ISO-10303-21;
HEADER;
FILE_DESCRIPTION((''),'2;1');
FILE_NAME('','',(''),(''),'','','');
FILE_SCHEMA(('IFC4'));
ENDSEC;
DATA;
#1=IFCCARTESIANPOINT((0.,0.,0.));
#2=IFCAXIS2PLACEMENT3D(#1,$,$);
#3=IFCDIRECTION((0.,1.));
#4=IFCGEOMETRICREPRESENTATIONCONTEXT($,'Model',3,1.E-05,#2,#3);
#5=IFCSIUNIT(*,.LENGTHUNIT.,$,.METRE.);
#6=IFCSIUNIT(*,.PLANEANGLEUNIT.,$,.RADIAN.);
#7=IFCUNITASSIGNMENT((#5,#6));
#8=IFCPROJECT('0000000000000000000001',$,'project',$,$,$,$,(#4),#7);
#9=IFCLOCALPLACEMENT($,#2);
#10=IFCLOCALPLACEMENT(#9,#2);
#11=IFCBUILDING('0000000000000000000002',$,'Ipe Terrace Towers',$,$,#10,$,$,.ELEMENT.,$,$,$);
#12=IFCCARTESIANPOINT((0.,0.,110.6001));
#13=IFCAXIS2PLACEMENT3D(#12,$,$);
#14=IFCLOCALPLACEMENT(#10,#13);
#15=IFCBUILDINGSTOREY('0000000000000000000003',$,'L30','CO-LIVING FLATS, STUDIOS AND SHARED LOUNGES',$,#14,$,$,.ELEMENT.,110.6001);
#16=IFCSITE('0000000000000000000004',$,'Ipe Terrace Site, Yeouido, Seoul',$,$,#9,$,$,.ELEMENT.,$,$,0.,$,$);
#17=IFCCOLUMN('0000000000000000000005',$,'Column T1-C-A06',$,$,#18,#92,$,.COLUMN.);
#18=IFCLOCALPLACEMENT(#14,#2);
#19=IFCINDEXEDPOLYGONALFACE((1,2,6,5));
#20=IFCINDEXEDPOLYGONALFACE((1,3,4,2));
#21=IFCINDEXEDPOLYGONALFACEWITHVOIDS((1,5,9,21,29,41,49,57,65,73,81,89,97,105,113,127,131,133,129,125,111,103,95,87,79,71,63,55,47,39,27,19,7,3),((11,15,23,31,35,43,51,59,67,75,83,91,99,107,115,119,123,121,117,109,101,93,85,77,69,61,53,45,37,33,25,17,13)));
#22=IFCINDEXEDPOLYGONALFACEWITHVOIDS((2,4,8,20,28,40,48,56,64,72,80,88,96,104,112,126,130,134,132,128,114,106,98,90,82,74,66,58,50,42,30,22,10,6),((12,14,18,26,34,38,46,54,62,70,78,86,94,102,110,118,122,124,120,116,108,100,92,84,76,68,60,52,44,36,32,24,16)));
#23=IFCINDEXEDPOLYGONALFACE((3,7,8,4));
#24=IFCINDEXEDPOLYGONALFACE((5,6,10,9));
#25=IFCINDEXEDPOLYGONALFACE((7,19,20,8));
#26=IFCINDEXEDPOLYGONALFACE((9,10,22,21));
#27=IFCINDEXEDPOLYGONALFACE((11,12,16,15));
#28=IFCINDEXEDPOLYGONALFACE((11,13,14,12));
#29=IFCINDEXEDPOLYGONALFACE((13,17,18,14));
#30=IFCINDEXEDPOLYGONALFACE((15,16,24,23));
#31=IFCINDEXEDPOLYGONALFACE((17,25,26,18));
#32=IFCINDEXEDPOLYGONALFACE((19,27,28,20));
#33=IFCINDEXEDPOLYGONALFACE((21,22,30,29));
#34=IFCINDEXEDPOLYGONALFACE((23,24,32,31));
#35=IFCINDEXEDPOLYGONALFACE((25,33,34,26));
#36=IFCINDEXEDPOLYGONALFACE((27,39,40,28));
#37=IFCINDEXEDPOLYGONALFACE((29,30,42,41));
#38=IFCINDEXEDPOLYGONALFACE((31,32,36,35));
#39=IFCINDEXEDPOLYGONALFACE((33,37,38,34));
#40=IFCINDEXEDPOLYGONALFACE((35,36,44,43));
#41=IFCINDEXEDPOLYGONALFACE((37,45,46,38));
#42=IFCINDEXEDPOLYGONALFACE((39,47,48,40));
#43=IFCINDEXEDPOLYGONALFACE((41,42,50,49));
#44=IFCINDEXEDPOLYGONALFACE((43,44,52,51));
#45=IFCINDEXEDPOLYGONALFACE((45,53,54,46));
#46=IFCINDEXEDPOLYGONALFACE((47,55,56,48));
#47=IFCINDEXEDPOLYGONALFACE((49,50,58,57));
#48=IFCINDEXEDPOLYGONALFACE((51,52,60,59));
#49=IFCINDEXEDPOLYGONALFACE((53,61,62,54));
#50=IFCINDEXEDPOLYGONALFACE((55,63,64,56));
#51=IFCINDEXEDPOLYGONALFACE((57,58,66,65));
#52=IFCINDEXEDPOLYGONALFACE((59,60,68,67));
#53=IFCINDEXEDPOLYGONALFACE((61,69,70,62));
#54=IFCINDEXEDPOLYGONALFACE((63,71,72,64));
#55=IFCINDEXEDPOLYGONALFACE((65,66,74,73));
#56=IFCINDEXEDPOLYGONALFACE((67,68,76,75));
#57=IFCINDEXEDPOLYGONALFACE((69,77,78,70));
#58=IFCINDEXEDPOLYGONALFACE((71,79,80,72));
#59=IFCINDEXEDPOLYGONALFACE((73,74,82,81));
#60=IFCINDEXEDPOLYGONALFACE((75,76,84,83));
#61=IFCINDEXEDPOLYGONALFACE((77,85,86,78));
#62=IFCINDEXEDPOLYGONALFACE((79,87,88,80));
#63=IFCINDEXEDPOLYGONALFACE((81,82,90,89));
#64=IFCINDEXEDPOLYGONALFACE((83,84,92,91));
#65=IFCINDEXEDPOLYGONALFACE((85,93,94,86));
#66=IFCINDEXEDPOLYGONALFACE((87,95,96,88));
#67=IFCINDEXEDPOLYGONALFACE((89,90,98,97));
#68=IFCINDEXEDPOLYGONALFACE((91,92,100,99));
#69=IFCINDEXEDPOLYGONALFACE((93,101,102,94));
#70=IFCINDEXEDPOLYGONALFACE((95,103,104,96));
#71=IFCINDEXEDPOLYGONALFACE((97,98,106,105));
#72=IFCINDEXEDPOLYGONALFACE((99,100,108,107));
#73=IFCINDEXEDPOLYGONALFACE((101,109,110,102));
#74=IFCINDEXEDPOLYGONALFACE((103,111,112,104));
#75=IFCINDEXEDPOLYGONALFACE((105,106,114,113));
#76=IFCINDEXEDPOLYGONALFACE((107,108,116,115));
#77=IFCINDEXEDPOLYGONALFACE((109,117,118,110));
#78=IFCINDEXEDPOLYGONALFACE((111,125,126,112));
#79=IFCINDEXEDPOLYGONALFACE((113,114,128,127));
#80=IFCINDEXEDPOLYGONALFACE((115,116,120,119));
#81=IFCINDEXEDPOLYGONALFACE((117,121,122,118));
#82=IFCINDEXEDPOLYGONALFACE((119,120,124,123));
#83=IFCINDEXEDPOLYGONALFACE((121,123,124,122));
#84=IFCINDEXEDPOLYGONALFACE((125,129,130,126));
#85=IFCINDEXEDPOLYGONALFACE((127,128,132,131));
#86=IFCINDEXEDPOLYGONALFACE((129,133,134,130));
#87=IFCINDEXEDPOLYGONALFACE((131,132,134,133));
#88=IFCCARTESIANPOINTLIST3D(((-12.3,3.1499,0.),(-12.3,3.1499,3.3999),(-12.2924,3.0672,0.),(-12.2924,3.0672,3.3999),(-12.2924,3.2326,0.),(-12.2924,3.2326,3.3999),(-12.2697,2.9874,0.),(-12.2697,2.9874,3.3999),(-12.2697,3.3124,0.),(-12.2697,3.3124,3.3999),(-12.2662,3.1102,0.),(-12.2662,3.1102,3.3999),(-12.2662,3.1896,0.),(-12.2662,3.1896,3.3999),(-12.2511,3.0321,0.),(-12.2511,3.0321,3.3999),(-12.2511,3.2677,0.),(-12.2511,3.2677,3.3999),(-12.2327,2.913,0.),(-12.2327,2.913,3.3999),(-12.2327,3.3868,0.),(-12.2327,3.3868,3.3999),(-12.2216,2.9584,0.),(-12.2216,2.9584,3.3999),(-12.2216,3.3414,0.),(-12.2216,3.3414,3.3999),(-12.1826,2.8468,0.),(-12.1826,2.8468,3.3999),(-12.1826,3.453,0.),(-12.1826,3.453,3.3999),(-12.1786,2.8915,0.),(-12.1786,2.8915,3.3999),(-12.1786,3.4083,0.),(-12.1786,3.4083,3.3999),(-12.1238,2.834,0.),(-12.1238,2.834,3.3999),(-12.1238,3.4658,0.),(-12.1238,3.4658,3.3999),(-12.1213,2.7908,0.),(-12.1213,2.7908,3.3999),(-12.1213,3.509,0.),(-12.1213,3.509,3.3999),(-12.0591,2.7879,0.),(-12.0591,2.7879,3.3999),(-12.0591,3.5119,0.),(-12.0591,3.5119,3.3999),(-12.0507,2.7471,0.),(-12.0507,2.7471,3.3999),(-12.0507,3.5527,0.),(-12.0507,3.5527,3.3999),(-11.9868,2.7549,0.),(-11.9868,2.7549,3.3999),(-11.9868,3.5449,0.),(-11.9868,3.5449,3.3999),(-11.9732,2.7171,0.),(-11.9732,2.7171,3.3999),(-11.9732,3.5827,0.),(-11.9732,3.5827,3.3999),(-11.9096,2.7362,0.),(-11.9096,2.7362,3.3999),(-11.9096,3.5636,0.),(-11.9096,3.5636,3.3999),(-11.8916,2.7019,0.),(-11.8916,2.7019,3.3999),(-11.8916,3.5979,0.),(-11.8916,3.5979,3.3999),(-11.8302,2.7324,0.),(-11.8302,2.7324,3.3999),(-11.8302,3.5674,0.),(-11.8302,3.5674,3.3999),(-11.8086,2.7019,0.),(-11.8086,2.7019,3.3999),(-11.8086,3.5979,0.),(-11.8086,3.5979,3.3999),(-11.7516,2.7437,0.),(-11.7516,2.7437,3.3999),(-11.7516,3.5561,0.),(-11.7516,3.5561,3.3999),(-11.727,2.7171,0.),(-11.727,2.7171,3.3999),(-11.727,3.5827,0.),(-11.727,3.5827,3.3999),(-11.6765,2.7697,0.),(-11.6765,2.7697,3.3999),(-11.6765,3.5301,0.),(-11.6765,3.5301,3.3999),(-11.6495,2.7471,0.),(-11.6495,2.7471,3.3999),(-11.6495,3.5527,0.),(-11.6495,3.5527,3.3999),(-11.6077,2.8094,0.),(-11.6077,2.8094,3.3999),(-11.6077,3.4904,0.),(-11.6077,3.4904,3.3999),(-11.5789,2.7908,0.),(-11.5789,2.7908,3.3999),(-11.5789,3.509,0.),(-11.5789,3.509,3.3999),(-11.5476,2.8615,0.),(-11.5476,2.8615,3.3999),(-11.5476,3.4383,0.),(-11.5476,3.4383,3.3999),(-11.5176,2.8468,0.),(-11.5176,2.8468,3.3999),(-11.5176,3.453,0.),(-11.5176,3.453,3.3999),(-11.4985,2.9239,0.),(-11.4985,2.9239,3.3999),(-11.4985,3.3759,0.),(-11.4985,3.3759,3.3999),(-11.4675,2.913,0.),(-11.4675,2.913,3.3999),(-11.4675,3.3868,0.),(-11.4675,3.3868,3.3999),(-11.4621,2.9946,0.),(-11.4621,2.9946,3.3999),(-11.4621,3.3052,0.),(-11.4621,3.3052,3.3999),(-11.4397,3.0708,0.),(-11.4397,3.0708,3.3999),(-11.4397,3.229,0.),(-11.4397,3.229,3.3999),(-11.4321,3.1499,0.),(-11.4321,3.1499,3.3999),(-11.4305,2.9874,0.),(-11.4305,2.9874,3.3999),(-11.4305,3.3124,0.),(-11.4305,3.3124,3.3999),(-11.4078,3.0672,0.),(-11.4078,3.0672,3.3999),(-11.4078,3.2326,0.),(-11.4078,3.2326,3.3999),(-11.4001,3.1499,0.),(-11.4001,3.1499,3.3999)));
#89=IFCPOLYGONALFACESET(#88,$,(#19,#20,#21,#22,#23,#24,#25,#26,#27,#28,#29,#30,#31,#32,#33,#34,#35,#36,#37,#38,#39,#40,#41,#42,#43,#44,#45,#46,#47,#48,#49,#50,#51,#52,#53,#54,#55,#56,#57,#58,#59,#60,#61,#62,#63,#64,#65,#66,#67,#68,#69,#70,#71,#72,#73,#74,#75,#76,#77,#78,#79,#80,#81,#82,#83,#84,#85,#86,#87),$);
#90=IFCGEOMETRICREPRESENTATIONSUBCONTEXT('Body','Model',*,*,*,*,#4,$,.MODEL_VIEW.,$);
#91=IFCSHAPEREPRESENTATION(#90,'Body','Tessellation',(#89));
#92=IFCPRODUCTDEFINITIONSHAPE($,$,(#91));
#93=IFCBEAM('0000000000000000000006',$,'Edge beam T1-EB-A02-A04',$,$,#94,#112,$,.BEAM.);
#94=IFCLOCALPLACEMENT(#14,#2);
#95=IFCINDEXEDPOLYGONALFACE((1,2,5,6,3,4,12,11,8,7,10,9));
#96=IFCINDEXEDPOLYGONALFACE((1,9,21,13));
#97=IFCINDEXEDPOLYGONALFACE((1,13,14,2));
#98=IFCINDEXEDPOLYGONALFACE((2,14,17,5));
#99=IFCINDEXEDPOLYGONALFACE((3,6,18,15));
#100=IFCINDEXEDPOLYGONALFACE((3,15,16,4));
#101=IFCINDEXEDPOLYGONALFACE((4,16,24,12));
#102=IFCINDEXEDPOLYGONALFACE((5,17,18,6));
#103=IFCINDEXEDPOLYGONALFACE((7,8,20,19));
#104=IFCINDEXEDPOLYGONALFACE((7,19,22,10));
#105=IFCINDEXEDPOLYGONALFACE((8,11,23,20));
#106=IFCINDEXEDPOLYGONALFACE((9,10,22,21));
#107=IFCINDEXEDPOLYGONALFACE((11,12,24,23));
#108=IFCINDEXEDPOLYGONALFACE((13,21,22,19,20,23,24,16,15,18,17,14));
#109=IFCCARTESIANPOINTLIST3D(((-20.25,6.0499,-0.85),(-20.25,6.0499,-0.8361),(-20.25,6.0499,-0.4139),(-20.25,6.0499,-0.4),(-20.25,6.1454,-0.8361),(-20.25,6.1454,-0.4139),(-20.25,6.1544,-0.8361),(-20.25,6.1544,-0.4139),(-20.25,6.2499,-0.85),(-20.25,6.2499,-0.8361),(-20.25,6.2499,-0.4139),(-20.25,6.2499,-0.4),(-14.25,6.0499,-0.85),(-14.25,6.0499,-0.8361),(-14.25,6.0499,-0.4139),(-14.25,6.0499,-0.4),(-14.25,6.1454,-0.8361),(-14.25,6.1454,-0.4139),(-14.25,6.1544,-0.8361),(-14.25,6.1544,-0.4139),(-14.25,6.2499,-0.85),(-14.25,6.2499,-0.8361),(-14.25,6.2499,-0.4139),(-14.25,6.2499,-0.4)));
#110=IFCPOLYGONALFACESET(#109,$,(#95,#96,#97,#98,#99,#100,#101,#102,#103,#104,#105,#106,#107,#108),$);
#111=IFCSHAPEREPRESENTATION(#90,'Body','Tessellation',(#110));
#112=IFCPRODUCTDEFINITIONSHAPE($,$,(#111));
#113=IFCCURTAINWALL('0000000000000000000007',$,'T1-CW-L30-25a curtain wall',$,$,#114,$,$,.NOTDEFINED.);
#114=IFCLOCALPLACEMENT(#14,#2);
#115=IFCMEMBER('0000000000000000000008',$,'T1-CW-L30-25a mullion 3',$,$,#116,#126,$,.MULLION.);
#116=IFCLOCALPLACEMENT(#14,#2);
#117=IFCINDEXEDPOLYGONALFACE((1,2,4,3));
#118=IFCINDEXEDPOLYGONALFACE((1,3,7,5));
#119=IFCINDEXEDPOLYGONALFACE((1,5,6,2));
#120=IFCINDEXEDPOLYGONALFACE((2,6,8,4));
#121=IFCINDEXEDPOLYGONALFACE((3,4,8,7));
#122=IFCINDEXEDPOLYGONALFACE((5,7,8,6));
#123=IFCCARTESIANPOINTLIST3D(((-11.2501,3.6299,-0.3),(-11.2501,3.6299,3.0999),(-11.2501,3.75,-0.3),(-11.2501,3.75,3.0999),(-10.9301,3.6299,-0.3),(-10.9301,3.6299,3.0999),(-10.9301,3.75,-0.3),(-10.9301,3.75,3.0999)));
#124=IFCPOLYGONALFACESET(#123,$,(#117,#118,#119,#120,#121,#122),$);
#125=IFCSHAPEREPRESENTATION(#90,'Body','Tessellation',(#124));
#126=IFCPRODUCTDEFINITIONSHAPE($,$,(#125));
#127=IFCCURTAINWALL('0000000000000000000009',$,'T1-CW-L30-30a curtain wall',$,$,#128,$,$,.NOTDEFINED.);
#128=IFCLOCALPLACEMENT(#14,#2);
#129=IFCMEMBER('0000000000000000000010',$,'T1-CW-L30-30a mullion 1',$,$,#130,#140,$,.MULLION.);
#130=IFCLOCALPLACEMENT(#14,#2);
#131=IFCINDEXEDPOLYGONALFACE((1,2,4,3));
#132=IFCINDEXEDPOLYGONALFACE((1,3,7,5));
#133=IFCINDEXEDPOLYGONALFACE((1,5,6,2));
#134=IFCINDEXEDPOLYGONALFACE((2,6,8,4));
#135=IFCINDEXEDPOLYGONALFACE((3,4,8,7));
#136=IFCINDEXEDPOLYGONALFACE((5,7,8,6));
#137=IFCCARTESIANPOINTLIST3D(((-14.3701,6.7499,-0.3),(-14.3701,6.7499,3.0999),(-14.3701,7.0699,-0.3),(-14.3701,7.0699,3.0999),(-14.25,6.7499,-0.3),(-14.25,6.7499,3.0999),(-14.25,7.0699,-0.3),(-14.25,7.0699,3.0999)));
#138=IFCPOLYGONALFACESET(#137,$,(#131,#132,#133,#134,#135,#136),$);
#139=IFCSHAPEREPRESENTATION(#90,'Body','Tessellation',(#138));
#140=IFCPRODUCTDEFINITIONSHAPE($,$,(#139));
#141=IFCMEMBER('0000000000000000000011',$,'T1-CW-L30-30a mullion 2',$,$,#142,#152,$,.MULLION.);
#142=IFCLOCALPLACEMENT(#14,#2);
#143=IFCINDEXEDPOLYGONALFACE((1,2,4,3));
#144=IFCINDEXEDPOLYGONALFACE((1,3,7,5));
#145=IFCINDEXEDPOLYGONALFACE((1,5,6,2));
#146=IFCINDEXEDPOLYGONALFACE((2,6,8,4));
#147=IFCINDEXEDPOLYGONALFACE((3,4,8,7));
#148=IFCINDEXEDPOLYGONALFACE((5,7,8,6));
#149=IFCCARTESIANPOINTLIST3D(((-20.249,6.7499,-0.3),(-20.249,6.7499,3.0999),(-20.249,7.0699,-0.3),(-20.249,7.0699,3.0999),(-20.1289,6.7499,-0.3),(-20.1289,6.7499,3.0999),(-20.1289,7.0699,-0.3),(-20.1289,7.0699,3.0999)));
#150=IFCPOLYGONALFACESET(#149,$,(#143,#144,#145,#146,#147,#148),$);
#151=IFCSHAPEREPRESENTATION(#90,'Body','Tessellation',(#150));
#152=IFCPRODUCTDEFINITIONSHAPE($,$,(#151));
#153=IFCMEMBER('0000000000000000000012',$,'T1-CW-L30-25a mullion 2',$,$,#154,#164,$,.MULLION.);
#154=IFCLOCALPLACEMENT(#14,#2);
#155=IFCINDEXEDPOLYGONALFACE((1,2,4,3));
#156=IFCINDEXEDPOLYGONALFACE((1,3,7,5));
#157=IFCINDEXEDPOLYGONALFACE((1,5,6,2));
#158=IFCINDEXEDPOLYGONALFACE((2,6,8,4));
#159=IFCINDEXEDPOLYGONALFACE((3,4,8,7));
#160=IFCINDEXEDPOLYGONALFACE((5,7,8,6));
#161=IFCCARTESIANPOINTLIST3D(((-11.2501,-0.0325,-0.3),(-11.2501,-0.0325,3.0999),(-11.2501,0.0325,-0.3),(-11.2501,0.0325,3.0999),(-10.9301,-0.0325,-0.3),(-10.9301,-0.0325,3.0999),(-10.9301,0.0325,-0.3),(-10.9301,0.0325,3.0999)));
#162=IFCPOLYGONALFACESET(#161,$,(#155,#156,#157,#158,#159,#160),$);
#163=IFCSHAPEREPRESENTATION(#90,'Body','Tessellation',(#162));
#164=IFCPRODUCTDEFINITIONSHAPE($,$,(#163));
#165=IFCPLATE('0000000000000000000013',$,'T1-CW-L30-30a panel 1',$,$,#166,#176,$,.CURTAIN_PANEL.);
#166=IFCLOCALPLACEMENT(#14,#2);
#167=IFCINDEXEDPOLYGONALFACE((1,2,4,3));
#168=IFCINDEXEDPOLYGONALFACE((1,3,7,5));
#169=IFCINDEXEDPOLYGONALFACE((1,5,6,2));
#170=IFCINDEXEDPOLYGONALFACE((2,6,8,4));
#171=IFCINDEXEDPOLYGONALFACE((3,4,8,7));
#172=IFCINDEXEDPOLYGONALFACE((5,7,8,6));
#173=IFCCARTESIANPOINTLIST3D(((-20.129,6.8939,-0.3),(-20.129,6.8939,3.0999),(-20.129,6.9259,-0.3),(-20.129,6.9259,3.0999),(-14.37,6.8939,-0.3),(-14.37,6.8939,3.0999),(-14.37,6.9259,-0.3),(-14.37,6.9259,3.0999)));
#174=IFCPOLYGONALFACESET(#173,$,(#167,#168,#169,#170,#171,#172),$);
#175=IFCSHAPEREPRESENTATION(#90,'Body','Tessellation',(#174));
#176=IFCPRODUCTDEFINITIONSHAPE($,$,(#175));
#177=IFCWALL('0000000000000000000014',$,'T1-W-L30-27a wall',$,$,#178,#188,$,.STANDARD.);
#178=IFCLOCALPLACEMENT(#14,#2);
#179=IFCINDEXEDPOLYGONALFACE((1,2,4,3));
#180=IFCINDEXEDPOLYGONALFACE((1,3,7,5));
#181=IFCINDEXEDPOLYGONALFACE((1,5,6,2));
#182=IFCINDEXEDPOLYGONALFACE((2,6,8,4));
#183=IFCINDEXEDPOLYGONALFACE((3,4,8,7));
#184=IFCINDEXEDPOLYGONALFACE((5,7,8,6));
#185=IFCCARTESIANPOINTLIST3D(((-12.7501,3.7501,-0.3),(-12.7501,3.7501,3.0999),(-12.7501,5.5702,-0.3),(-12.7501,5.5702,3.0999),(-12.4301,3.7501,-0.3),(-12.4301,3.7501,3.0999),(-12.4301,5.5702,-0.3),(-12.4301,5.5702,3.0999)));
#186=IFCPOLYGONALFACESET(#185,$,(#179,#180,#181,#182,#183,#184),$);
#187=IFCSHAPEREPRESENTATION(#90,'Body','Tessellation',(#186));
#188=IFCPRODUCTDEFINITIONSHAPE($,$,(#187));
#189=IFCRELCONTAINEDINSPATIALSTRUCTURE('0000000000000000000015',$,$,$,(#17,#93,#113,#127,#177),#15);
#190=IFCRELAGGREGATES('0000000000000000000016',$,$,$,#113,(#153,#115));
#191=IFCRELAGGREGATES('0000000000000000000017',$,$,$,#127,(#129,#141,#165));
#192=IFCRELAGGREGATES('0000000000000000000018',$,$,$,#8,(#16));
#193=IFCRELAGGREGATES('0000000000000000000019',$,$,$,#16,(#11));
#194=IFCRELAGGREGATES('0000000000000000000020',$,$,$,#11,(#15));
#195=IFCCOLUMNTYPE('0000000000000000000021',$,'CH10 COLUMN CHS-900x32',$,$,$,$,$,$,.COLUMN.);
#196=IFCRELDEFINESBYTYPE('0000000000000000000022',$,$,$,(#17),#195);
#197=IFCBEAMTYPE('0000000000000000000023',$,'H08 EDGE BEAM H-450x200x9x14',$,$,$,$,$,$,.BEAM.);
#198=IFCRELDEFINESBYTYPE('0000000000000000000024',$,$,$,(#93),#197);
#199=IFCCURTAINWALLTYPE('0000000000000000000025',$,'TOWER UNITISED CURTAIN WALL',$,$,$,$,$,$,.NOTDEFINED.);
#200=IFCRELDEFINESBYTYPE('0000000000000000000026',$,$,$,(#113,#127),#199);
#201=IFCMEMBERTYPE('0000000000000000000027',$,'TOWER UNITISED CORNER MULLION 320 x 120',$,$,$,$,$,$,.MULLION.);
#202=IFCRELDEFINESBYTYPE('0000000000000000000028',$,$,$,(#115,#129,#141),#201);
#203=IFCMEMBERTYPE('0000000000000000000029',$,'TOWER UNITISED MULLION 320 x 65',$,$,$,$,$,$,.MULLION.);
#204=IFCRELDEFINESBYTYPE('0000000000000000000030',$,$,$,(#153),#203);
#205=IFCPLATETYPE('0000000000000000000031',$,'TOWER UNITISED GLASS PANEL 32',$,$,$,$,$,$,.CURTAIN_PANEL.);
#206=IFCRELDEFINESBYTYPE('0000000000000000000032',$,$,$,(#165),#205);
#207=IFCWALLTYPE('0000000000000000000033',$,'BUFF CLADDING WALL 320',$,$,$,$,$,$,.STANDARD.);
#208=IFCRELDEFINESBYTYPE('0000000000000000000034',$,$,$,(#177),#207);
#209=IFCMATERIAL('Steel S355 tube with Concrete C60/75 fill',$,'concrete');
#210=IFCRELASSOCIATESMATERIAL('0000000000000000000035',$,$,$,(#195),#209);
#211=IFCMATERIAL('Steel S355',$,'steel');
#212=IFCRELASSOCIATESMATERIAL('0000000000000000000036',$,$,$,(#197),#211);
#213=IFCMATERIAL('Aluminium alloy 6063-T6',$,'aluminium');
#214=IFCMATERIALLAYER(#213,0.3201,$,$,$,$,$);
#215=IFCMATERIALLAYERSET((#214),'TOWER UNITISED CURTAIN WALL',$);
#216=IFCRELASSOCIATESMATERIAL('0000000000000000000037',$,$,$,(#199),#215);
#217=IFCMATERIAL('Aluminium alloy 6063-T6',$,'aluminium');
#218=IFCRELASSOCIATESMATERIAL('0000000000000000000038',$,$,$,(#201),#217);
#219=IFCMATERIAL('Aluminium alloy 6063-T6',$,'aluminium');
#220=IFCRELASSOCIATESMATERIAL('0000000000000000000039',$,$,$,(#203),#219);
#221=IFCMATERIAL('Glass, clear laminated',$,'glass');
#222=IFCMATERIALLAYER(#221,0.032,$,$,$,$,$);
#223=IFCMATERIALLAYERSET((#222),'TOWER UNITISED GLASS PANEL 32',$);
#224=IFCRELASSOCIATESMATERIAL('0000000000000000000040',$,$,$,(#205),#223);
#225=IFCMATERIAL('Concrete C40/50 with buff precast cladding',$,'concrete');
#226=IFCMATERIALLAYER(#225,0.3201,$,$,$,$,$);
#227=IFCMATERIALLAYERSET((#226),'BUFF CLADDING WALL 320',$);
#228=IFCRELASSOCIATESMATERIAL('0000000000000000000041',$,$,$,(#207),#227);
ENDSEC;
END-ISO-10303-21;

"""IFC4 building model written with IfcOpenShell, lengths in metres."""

from ifc_helpers import new_model, si_unit, direction, frame, frame_2d, origin, origin_2d, place, context, subcontext, project, spatial, rectangle, hollow_circle, i_section, extrude, material, layer, layer_set, material_profile, profile_set, type_object, element, aggregate, save


model = new_model("IFC4")

# Units and contexts
model_context = context("Model", 3, precision=1e-05, world=origin(), true_north=direction((0.0, 1.0)))
body_context = subcontext(model_context, "Body", "Model", "MODEL_VIEW")
ifc_project = project(units=[si_unit("LENGTHUNIT", "METRE"), si_unit("PLANEANGLEUNIT", "RADIAN")], contexts=[model_context])

# Site, building, storey
site_placement = place(None, origin())
site = spatial("IfcSite", under=ifc_project, at=site_placement, Name="Ipe Terrace Site, Yeouido, Seoul", CompositionType="ELEMENT", RefElevation=0.0)
building_placement = place(site_placement, origin())
building = spatial("IfcBuilding", under=site, at=building_placement, Name="Ipe Terrace Towers", CompositionType="ELEMENT")
storey_placement = place(building_placement, frame((0.0, 0.0, 110.6001)))
storey = spatial("IfcBuildingStorey", under=building, at=storey_placement, Name="L30", Description="CO-LIVING FLATS, STUDIOS AND SHARED LOUNGES", CompositionType="ELEMENT", Elevation=110.6001)

# Column
ifc_material_1 = material(Name="Steel S355 tube with Concrete C60/75 fill", Category="concrete")
ifc_material_profile_1 = material_profile(ifc_material_1, hollow_circle(Radius=0.45, WallThickness=0.032, at=origin_2d()), Name="CHS-900x32")
ifc_profile_set_1 = profile_set([ifc_material_profile_1], Name="Steel S355 tube with Concrete C60/75 fill")
column_type = type_object("IfcColumnType", Name="CH10 COLUMN CHS-900x32", PredefinedType="COLUMN", material=ifc_profile_set_1)
for number, where, z_axis, x_axis, name in (
    (1, (-11.8501, 3.1499, 0.0), (0.0, 0.0, 1.0), (1.0, 0.0, 0.0), "Column T1-C-A06"),
):
    element("IfcColumn", number, at=place(storey_placement, frame(where, z_axis=z_axis, x_axis=x_axis)), inside=storey, type_object=column_type, Name=name, PredefinedType="COLUMN", context=body_context, shape_type="SweptSolid", body=[
        extrude(hollow_circle(Radius=0.45, WallThickness=0.032, at=origin_2d()), origin(), (0.0, 0.0, 1.0), 3.3999),
    ])

# Beam
ifc_material_2 = material(Name="Steel S355", Category="steel")
ifc_material_profile_2 = material_profile(ifc_material_2, i_section(OverallWidth=0.2, OverallDepth=0.45, WebThickness=0.009, FlangeThickness=0.0139, at=origin_2d()), Name="H-450x200x9x14")
ifc_profile_set_2 = profile_set([ifc_material_profile_2], Name="Steel S355")
beam_type = type_object("IfcBeamType", Name="H08 EDGE BEAM H-450x200x9x14", PredefinedType="BEAM", material=ifc_profile_set_2)
beam_placement = place(storey_placement, frame((-20.25, 6.1499, -0.625), z_axis=(1.0, 0.0, 0.0), x_axis=(0.0, 1.0, 0.0)))
element("IfcBeam", 2, at=beam_placement, inside=storey, type_object=beam_type, Name="Edge beam T1-EB-A02-A04", PredefinedType="BEAM", context=body_context, shape_type="SweptSolid", body=[
    extrude(i_section(OverallWidth=0.2, OverallDepth=0.45, WebThickness=0.009, FlangeThickness=0.0139, at=origin_2d()), origin(), (0.0, 0.0, 1.0), 6.0),
])

# Curtain wall, member
ifc_material_3 = material(Name="Aluminium alloy 6063-T6", Category="aluminium")
ifc_layer_1 = layer(ifc_material_3, 0.3201)
ifc_layer_set_1 = layer_set([ifc_layer_1], Name="TOWER UNITISED CURTAIN WALL")
curtain_wall_type = type_object("IfcCurtainWallType", Name="TOWER UNITISED CURTAIN WALL", PredefinedType="NOTDEFINED", material=ifc_layer_set_1)
curtain_wall_1_placement = place(storey_placement, origin())
curtain_wall_1 = element("IfcCurtainWall", 3, at=curtain_wall_1_placement, inside=storey, type_object=curtain_wall_type, Name="T1-CW-L30-25a curtain wall", PredefinedType="NOTDEFINED")
ifc_material_4 = material(Name="Aluminium alloy 6063-T6", Category="aluminium")
ifc_material_profile_3 = material_profile(ifc_material_4, rectangle(XDim=0.3201, YDim=0.1201, at=origin_2d()), Name="TOWER UNITISED CORNER MULLION 320 x 120")
ifc_profile_set_3 = profile_set([ifc_material_profile_3], Name="Aluminium alloy 6063-T6")
member_type_1 = type_object("IfcMemberType", Name="TOWER UNITISED CORNER MULLION 320 x 120", PredefinedType="MULLION", material=ifc_profile_set_3)
member_1_placement = place(storey_placement, frame((-11.0901, 3.6899, -0.3), z_axis=(0.0, 0.0, 1.0), x_axis=(1.0, 0.0, 0.0)))
member_1 = element("IfcMember", 4, at=member_1_placement, type_object=member_type_1, Name="T1-CW-L30-25a mullion 3", PredefinedType="MULLION", context=body_context, shape_type="SweptSolid", body=[
    extrude(rectangle(XDim=0.3201, YDim=0.1201, at=origin_2d()), origin(), (0.0, 0.0, 1.0), 3.3999),
])

# Curtain wall, members
curtain_wall_2_placement = place(storey_placement, origin())
curtain_wall_2 = element("IfcCurtainWall", 5, at=curtain_wall_2_placement, inside=storey, type_object=curtain_wall_type, Name="T1-CW-L30-30a curtain wall", PredefinedType="NOTDEFINED")
member_2_placement = place(storey_placement, frame((-14.3101, 6.9099, -0.3), z_axis=(0.0, 0.0, 1.0), x_axis=(0.0, 1.0, 0.0)))
member_2 = element("IfcMember", 6, at=member_2_placement, type_object=member_type_1, Name="T1-CW-L30-30a mullion 1", PredefinedType="MULLION", context=body_context, shape_type="SweptSolid", body=[
    extrude(rectangle(XDim=0.3201, YDim=0.1201, at=origin_2d()), origin(), (0.0, 0.0, 1.0), 3.3999),
])
member_3_placement = place(storey_placement, frame((-20.189, 6.9099, -0.3), z_axis=(0.0, 0.0, 1.0), x_axis=(0.0, 1.0, 0.0)))
member_3 = element("IfcMember", 7, at=member_3_placement, type_object=member_type_1, Name="T1-CW-L30-30a mullion 2", PredefinedType="MULLION", context=body_context, shape_type="SweptSolid", body=[
    extrude(rectangle(XDim=0.3201, YDim=0.1201, at=origin_2d()), origin(), (0.0, 0.0, 1.0), 3.3999),
])

# Member
ifc_material_5 = material(Name="Aluminium alloy 6063-T6", Category="aluminium")
ifc_material_profile_4 = material_profile(ifc_material_5, rectangle(XDim=0.3201, YDim=0.0649, at=origin_2d()), Name="TOWER UNITISED MULLION 320 x 65")
ifc_profile_set_4 = profile_set([ifc_material_profile_4], Name="Aluminium alloy 6063-T6")
member_type_2 = type_object("IfcMemberType", Name="TOWER UNITISED MULLION 320 x 65", PredefinedType="MULLION", material=ifc_profile_set_4)
member_4_placement = place(storey_placement, frame((-11.0901, 0.0, -0.3), z_axis=(0.0, 0.0, 1.0), x_axis=(1.0, 0.0, 0.0)))
member_4 = element("IfcMember", 8, at=member_4_placement, type_object=member_type_2, Name="T1-CW-L30-25a mullion 2", PredefinedType="MULLION", context=body_context, shape_type="SweptSolid", body=[
    extrude(rectangle(XDim=0.3201, YDim=0.0649, at=origin_2d()), origin(), (0.0, 0.0, 1.0), 3.3999),
])
aggregate(curtain_wall_1, [member_4, member_1])

# Plate
ifc_material_6 = material(Name="Glass, clear laminated", Category="glass")
ifc_layer_2 = layer(ifc_material_6, 0.032)
ifc_layer_set_2 = layer_set([ifc_layer_2], Name="TOWER UNITISED GLASS PANEL 32")
plate_type = type_object("IfcPlateType", Name="TOWER UNITISED GLASS PANEL 32", PredefinedType="CURTAIN_PANEL", material=ifc_layer_set_2)
plate_placement = place(storey_placement, frame((-17.2495, 6.9099, -0.3), z_axis=(0.0, 0.0, 1.0), x_axis=(-1.0, 0.0, 0.0)))
plate = element("IfcPlate", 9, at=plate_placement, type_object=plate_type, Name="T1-CW-L30-30a panel 1", PredefinedType="CURTAIN_PANEL", context=body_context, shape_type="SweptSolid", body=[
    extrude(rectangle(XDim=5.759, YDim=0.032, at=origin_2d()), origin(), (0.0, 0.0, 1.0), 3.3999),
])
aggregate(curtain_wall_2, [member_2, member_3, plate])

# Wall
ifc_material_7 = material(Name="Concrete C40/50 with buff precast cladding", Category="concrete")
ifc_layer_3 = layer(ifc_material_7, 0.3201)
ifc_layer_set_3 = layer_set([ifc_layer_3], Name="BUFF CLADDING WALL 320")
wall_type_1 = type_object("IfcWallType", Name="BUFF CLADDING WALL 320", PredefinedType="STANDARD", material=ifc_layer_set_3)
wall_1_placement = place(storey_placement, frame((-12.5901, 3.75, -0.3), z_axis=(0.0, 0.0, 1.0), x_axis=(0.0, 1.0, 0.0)))
element("IfcWall", 10, at=wall_1_placement, inside=storey, type_object=wall_type_1, Name="T1-W-L30-27a wall", PredefinedType="STANDARD", context=body_context, shape_type="SweptSolid", body=[
    extrude(rectangle(XDim=1.8201, YDim=0.3201, at=frame_2d((0.9102, 0.0))), origin(), (0.0, 0.0, 1.0), 3.3999),
])

save(model, "model.ifc")
